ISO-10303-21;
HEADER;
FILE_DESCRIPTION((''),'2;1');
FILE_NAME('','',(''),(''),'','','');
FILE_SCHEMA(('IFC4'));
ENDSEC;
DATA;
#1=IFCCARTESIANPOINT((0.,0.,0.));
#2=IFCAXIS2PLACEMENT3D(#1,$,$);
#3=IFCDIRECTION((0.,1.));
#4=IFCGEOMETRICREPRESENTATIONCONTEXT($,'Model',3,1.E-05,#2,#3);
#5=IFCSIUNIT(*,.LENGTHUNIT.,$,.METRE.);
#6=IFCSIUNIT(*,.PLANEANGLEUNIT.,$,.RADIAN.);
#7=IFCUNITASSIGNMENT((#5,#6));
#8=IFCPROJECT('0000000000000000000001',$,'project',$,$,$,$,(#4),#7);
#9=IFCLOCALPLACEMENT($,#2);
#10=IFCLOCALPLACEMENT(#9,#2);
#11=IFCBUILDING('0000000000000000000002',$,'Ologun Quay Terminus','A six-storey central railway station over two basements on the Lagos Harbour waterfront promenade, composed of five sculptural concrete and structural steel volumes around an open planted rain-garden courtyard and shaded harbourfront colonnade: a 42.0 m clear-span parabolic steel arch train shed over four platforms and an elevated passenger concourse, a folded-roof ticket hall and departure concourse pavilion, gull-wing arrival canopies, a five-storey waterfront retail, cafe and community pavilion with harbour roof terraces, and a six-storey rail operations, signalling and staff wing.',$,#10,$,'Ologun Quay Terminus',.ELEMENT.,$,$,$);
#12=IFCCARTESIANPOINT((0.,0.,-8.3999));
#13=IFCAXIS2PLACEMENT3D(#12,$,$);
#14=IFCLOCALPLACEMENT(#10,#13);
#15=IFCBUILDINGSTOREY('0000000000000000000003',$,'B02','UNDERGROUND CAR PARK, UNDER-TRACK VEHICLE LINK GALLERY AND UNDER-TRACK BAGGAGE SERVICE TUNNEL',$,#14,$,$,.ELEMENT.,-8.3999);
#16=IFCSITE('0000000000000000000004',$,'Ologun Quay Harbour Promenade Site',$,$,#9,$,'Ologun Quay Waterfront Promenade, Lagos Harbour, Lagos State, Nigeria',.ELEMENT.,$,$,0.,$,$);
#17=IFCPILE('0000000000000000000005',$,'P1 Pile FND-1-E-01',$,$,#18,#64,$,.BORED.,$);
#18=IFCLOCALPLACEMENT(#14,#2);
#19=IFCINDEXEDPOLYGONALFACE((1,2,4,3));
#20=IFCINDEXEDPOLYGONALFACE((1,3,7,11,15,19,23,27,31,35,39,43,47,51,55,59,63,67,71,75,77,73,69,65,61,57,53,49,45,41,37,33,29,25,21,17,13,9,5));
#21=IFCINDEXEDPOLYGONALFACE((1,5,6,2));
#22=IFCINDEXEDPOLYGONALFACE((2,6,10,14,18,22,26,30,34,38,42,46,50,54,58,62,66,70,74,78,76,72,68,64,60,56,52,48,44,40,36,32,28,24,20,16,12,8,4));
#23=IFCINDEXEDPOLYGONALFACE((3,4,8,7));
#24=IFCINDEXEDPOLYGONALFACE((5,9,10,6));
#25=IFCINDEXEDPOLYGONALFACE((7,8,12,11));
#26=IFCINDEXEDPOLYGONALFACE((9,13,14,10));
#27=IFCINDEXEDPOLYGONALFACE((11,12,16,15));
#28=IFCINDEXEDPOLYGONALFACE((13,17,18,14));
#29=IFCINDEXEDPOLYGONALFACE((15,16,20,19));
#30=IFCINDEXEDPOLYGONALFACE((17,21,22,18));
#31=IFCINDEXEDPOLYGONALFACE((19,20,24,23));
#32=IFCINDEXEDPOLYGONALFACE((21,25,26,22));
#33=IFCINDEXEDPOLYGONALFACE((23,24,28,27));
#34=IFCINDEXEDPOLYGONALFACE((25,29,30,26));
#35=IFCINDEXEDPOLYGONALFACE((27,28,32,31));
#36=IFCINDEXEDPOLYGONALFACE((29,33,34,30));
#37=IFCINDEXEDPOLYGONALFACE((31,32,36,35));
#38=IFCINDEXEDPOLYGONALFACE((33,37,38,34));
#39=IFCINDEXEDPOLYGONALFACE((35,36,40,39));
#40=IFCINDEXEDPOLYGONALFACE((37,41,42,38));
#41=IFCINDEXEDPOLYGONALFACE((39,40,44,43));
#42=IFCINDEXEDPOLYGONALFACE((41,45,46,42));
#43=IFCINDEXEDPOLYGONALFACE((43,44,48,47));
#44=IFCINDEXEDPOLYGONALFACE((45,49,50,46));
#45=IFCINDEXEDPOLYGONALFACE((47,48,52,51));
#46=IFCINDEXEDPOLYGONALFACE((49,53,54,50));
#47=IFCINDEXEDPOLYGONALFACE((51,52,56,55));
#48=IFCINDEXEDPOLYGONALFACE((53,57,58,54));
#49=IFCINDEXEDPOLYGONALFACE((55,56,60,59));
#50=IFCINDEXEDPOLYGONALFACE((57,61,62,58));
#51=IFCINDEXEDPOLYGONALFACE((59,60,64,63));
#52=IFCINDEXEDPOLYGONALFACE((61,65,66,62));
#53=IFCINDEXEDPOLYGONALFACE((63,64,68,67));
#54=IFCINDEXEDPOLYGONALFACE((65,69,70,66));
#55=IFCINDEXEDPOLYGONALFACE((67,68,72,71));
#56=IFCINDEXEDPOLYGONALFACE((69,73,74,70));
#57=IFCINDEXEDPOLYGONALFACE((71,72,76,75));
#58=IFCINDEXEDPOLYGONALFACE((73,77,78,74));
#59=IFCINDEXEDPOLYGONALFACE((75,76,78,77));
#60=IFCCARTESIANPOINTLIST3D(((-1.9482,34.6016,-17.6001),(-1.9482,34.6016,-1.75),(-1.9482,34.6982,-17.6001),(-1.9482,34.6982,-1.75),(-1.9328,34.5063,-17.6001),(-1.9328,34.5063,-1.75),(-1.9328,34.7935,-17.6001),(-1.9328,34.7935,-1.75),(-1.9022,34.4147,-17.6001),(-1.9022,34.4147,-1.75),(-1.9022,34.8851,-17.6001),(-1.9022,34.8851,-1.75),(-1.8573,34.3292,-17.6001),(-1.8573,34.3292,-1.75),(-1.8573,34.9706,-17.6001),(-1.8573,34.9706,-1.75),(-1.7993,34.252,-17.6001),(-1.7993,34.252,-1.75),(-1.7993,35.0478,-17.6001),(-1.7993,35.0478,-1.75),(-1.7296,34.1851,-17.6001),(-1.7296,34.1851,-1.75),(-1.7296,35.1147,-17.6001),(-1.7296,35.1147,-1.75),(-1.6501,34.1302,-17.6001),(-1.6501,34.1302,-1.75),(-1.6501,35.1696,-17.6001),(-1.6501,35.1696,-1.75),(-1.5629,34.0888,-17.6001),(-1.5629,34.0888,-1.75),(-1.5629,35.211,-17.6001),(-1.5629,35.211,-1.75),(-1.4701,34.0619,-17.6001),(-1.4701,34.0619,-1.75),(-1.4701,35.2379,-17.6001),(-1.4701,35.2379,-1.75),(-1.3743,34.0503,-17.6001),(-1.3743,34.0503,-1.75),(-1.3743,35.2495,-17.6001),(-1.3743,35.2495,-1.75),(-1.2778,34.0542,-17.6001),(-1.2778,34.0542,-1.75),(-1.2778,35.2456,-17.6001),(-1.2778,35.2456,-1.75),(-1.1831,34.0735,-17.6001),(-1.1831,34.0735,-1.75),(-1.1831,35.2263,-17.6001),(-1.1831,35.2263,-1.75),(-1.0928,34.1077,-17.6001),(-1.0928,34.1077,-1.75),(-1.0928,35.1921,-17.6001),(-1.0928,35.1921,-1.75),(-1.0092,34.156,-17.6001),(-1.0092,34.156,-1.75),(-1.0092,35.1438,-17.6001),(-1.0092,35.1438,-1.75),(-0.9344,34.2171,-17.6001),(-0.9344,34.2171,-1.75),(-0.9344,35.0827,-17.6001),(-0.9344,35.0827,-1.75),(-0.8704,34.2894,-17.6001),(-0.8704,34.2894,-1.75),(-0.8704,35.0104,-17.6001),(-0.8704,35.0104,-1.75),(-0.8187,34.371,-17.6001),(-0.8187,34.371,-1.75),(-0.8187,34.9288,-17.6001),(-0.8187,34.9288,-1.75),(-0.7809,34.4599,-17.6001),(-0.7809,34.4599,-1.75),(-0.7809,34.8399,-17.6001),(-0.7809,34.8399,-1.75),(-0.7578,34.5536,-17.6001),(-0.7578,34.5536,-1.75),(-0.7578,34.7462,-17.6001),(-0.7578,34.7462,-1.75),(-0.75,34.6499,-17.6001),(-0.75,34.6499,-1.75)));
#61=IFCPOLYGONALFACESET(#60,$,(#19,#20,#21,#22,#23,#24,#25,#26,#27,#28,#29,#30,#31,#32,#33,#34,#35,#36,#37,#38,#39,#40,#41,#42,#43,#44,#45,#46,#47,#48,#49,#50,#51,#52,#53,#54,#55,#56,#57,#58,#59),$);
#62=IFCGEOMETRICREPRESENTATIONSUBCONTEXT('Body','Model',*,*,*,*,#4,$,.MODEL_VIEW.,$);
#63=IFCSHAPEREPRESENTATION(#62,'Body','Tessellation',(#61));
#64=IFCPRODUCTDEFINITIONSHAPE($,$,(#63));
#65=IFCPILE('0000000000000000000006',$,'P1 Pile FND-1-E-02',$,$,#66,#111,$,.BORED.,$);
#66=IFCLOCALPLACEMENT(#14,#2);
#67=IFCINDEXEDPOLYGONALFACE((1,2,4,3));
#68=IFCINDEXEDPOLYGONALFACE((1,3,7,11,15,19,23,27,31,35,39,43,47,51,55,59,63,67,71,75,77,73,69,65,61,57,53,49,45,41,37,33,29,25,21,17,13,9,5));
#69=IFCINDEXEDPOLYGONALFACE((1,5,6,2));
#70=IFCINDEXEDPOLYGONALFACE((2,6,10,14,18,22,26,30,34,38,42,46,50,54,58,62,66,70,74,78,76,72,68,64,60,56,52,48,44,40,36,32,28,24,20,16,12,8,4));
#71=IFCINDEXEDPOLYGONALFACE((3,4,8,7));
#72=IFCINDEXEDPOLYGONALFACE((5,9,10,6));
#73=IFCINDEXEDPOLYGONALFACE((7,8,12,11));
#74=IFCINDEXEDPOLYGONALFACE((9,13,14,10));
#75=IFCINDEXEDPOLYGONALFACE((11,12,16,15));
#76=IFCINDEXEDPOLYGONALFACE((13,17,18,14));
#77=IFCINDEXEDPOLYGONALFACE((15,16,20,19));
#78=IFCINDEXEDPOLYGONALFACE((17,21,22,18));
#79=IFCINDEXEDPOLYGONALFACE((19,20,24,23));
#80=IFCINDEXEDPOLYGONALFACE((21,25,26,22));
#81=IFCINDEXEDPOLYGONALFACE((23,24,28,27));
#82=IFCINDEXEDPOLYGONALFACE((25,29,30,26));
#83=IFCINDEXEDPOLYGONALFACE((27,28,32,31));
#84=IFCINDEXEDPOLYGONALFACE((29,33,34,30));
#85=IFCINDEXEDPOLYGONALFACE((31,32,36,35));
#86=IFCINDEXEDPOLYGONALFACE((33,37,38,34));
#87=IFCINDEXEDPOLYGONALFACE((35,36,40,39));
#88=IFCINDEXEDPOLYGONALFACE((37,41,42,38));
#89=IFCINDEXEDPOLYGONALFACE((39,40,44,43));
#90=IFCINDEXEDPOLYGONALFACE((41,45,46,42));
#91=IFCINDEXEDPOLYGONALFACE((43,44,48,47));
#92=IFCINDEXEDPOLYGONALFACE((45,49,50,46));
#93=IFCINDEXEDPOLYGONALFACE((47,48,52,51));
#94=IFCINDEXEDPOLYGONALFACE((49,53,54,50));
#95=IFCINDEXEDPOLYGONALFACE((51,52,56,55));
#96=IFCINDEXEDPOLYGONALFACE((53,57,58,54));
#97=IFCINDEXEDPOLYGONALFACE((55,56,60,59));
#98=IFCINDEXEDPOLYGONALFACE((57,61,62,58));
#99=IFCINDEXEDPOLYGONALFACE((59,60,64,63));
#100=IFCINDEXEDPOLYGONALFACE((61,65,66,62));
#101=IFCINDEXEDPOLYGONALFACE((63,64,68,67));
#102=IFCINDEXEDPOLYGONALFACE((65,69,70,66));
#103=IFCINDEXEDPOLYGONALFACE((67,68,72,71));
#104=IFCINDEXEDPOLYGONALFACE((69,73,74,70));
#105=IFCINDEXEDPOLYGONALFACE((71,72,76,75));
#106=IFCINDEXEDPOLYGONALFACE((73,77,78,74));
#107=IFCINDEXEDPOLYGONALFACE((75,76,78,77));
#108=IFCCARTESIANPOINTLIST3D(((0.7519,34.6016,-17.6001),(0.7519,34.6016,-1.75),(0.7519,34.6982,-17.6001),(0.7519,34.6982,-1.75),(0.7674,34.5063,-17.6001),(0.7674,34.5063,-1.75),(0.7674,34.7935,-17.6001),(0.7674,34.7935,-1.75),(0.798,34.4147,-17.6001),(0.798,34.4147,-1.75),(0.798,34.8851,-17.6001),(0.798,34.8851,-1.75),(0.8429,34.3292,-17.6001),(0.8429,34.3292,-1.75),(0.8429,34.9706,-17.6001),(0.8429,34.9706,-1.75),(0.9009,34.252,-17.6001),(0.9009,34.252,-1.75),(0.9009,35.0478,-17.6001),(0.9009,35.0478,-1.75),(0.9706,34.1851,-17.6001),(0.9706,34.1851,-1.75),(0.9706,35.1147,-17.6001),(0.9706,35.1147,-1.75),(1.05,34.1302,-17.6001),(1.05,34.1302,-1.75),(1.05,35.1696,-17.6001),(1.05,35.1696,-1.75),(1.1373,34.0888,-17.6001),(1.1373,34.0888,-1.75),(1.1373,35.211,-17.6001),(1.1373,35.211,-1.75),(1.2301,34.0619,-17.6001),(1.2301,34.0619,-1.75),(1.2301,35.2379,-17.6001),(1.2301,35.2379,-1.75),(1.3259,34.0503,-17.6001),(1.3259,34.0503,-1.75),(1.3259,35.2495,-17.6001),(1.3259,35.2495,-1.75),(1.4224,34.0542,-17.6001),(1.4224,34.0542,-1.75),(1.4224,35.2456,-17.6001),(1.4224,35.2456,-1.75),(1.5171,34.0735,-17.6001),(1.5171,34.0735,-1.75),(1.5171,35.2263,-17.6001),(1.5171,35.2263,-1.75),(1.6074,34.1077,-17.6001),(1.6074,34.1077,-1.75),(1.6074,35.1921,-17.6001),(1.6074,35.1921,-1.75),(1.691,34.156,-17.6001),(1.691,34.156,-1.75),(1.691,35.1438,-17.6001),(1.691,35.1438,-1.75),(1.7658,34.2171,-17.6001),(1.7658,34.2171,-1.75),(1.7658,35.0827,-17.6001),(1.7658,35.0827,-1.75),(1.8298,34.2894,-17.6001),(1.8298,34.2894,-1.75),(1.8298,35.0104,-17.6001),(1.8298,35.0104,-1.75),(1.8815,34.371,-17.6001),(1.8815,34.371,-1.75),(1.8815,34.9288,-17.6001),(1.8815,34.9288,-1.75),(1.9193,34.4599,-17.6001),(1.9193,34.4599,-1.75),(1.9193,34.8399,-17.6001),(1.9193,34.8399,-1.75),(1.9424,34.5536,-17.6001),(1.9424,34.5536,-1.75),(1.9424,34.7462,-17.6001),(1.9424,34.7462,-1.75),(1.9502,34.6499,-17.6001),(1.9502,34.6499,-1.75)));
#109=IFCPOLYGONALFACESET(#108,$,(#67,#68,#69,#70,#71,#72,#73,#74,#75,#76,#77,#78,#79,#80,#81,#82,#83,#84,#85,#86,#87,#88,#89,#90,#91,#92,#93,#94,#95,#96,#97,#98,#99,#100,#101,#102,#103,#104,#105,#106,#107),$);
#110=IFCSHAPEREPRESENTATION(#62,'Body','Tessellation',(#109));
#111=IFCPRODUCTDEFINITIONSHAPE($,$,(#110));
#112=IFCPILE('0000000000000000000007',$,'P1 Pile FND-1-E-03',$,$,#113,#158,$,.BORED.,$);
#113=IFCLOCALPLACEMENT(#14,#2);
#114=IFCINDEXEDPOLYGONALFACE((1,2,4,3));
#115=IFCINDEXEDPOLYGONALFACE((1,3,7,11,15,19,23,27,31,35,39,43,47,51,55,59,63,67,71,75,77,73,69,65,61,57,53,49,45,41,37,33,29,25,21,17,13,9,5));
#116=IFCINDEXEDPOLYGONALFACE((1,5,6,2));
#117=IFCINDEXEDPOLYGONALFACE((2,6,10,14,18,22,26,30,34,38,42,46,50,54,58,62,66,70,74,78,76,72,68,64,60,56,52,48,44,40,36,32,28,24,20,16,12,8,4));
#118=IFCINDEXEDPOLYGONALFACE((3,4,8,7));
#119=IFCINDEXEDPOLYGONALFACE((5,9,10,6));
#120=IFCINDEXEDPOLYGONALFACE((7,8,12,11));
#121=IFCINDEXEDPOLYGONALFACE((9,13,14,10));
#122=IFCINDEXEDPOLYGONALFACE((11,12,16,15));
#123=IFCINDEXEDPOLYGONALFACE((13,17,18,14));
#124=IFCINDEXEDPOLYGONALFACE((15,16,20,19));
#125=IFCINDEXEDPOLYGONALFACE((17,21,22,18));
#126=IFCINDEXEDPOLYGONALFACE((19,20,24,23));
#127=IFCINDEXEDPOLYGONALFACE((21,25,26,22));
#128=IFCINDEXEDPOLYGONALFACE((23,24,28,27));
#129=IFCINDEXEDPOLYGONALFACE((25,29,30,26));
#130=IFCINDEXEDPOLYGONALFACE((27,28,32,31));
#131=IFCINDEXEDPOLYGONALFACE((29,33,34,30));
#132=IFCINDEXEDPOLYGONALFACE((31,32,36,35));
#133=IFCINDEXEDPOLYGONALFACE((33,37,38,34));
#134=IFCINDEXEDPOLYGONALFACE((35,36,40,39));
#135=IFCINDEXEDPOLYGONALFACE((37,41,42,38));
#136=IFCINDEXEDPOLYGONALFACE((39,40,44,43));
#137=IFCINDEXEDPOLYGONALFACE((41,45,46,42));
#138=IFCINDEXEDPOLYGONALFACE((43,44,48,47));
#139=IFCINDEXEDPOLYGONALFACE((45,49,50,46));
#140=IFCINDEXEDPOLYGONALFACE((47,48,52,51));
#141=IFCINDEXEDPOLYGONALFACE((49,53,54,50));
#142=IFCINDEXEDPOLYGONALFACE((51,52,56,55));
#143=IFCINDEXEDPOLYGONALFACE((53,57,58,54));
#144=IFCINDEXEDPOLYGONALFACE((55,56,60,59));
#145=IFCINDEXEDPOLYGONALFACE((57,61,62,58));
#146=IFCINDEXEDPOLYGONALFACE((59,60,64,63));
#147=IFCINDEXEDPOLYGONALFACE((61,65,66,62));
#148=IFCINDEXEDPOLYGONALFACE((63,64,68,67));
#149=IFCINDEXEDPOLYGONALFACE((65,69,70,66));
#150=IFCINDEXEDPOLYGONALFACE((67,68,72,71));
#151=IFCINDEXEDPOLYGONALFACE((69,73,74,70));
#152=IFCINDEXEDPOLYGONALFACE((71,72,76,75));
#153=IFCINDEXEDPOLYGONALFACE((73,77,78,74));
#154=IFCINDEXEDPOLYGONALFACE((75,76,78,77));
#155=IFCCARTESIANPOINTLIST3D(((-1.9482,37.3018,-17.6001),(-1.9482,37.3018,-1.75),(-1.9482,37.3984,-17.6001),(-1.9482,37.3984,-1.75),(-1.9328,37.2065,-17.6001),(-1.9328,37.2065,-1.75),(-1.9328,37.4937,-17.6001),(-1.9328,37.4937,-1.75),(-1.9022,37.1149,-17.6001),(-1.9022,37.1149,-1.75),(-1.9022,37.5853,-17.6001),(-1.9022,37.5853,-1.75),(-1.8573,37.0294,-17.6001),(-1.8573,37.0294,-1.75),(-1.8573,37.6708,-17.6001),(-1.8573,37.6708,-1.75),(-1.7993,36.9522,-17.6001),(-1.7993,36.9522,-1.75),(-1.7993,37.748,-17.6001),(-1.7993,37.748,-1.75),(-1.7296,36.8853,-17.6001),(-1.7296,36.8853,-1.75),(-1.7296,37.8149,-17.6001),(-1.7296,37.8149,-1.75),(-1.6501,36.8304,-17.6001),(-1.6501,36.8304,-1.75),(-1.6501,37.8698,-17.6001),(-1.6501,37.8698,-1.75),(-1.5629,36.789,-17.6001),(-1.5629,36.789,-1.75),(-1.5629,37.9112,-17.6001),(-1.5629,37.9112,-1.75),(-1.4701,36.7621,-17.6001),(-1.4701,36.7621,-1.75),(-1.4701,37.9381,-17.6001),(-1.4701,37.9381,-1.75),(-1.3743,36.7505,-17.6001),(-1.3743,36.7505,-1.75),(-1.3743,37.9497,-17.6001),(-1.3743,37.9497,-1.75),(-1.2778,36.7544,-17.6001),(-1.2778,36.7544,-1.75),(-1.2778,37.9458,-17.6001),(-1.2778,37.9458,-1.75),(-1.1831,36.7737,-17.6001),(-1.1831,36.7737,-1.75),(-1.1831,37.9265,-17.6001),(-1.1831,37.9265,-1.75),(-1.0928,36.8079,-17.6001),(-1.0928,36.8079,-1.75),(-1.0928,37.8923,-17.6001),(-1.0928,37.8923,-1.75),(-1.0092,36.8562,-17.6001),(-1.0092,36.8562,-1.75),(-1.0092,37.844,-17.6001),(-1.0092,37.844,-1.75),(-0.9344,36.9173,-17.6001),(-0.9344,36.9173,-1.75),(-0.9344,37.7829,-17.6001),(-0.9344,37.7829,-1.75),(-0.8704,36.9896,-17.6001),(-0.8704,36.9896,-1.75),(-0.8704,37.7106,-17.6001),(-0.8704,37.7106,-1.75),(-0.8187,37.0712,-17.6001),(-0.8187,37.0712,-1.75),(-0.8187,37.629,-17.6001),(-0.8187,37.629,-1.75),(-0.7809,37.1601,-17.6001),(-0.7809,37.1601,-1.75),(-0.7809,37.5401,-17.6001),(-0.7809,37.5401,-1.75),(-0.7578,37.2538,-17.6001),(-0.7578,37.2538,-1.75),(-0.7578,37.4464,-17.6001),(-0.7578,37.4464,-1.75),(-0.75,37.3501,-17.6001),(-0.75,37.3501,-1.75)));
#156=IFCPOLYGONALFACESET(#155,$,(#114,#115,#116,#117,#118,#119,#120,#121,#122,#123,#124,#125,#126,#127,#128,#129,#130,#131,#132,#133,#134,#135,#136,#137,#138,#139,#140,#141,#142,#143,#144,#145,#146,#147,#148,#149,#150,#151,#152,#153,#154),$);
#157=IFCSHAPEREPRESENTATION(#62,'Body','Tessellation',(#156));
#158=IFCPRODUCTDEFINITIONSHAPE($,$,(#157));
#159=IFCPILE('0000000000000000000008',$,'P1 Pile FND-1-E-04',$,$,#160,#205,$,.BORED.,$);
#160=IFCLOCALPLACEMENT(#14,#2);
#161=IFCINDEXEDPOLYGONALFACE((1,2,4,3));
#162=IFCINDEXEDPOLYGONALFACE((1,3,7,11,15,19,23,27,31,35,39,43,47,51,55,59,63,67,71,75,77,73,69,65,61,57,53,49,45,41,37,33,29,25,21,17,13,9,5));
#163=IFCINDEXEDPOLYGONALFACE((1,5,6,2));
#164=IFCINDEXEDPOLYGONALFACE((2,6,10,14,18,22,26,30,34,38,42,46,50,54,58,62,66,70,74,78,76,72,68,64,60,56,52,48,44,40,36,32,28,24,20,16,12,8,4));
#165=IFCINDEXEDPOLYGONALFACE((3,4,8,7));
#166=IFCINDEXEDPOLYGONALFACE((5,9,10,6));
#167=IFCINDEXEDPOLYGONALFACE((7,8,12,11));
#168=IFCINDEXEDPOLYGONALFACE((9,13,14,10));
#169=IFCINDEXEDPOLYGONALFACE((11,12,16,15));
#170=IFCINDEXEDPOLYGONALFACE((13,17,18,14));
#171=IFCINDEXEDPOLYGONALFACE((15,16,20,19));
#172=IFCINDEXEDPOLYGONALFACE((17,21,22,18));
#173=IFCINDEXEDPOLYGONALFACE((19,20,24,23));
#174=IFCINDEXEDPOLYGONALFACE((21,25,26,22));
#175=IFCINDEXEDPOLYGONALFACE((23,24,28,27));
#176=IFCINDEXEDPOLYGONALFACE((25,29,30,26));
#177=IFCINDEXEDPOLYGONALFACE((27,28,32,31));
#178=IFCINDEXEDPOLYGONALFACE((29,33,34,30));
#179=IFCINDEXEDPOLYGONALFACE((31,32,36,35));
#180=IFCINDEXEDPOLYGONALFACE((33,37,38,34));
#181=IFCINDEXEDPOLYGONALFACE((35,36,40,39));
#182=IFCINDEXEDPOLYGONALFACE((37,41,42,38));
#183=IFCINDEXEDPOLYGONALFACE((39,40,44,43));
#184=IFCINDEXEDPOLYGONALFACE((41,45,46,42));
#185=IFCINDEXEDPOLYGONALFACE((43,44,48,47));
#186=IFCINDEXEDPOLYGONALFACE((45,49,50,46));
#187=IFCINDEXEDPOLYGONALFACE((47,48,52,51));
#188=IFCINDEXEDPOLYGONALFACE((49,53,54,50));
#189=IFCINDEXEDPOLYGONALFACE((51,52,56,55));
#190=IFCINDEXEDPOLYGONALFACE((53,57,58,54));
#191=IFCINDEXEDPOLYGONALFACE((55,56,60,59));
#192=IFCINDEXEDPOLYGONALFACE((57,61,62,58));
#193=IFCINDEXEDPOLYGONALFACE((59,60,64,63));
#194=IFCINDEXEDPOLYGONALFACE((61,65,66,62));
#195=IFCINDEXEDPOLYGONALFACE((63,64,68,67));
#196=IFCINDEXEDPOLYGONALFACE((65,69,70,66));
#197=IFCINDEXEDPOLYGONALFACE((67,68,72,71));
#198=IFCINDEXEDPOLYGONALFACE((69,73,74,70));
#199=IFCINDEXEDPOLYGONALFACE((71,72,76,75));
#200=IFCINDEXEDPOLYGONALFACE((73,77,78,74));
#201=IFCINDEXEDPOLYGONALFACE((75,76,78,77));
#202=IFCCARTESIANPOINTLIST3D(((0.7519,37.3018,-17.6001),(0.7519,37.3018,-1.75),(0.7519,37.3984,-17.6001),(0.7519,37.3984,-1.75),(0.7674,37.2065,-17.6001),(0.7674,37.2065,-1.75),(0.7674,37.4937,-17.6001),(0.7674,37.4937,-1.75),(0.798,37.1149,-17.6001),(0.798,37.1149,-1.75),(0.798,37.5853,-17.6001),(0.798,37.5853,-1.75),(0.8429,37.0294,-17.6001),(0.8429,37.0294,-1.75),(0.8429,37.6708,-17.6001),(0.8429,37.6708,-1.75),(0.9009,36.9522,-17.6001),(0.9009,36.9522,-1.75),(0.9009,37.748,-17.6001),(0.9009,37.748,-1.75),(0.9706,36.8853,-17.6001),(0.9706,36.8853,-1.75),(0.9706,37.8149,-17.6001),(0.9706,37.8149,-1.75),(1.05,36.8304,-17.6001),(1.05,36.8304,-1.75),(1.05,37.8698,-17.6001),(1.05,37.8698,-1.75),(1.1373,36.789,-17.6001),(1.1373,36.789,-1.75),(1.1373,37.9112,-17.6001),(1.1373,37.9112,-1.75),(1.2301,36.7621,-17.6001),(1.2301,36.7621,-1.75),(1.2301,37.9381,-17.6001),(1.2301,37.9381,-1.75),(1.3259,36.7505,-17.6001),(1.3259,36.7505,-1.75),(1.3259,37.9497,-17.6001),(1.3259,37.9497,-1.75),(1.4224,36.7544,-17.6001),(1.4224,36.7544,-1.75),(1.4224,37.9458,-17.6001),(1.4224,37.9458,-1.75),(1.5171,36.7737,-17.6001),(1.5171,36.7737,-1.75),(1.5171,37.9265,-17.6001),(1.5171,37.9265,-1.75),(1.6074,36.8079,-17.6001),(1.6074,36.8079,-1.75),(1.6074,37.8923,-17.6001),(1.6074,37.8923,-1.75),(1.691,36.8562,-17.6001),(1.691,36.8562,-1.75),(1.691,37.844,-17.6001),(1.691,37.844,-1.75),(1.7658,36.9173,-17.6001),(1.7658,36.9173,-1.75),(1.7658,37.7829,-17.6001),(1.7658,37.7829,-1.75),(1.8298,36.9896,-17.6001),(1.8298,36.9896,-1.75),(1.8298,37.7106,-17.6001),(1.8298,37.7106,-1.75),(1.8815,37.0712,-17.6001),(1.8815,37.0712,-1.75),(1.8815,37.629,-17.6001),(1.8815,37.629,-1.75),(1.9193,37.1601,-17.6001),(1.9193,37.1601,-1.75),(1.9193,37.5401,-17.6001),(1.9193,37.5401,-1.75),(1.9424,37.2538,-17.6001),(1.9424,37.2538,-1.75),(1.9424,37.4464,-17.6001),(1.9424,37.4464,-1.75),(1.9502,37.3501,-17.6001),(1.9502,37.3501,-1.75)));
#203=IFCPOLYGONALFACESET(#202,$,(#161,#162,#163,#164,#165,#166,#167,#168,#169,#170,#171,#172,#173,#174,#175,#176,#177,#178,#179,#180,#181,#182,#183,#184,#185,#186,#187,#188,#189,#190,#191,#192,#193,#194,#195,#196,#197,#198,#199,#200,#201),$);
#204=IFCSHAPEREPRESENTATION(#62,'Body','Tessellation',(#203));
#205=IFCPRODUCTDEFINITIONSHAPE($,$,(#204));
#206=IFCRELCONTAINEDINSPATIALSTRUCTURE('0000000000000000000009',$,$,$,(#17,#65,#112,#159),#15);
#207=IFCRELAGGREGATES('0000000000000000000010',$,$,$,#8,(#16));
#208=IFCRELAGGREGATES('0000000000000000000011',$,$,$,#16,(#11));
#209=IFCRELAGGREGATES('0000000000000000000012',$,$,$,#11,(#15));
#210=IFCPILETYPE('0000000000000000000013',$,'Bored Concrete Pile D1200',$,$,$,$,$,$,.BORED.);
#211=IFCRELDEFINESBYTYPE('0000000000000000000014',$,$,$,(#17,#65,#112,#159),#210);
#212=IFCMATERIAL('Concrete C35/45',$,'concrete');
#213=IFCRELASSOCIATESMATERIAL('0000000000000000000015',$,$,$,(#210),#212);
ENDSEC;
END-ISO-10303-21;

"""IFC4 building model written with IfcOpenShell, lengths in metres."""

from ifc_helpers import new_model, si_unit, direction, frame, origin, origin_2d, place, context, subcontext, project, spatial, circle, extrude, material, material_profile, profile_set, type_object, element, save


model = new_model("IFC4")

# Units and contexts
model_context = context("Model", 3, precision=1e-05, world=origin(), true_north=direction((0.0, 1.0)))
body_context = subcontext(model_context, "Body", "Model", "MODEL_VIEW")
ifc_project = project(units=[si_unit("LENGTHUNIT", "METRE"), si_unit("PLANEANGLEUNIT", "RADIAN")], contexts=[model_context])

# Site, building, storey
site_placement = place(None, origin())
site = spatial("IfcSite", under=ifc_project, at=site_placement, Name="Ologun Quay Harbour Promenade Site", LongName="Ologun Quay Waterfront Promenade, Lagos Harbour, Lagos State, Nigeria", CompositionType="ELEMENT", RefElevation=0.0)
building_placement = place(site_placement, origin())
building = spatial("IfcBuilding", under=site, at=building_placement, Name="Ologun Quay Terminus", Description="A six-storey central railway station over two basements on the Lagos Harbour waterfront promenade, composed of five sculptural concrete and structural steel volumes around an open planted rain-garden courtyard and shaded harbourfront colonnade: a 42.0 m clear-span parabolic steel arch train shed over four platforms and an elevated passenger concourse, a folded-roof ticket hall and departure concourse pavilion, gull-wing arrival canopies, a five-storey waterfront retail, cafe and community pavilion with harbour roof terraces, and a six-storey rail operations, signalling and staff wing.", LongName="Ologun Quay Terminus", CompositionType="ELEMENT")
storey_placement = place(building_placement, frame((0.0, 0.0, -8.3999)))
storey = spatial("IfcBuildingStorey", under=building, at=storey_placement, Name="B02", Description="UNDERGROUND CAR PARK, UNDER-TRACK VEHICLE LINK GALLERY AND UNDER-TRACK BAGGAGE SERVICE TUNNEL", CompositionType="ELEMENT", Elevation=-8.3999)

# Piles
ifc_material_1 = material(Name="Concrete C35/45", Category="concrete")
ifc_material_profile_1 = material_profile(ifc_material_1, circle(Radius=0.6001, at=origin_2d()), Name="PILE D1200")
ifc_profile_set_1 = profile_set([ifc_material_profile_1], Name="Concrete C35/45")
pile_type_1 = type_object("IfcPileType", Name="Bored Concrete Pile D1200", PredefinedType="BORED", material=ifc_profile_set_1)
for number, where, z_axis, x_axis, name in (
    (1, (-1.3501, 34.6499, -1.75), (0.0, 0.0, -1.0), (1.0, 0.0, 0.0), "P1 Pile FND-1-E-01"),
    (2, (1.3501, 34.6499, -1.75), (0.0, 0.0, -1.0), (1.0, 0.0, 0.0), "P1 Pile FND-1-E-02"),
    (3, (-1.3501, 37.3501, -1.75), (0.0, 0.0, -1.0), (1.0, 0.0, 0.0), "P1 Pile FND-1-E-03"),
    (4, (1.3501, 37.3501, -1.75), (0.0, 0.0, -1.0), (1.0, 0.0, 0.0), "P1 Pile FND-1-E-04"),
):
    element("IfcPile", number, at=place(storey_placement, frame(where, z_axis=z_axis, x_axis=x_axis)), inside=storey, type_object=pile_type_1, Name=name, PredefinedType="BORED", context=body_context, shape_type="SweptSolid", body=[
        extrude(circle(Radius=0.6001, at=origin_2d()), origin(), (0.0, 0.0, 1.0), 15.8501),
    ])

save(model, "model.ifc")
